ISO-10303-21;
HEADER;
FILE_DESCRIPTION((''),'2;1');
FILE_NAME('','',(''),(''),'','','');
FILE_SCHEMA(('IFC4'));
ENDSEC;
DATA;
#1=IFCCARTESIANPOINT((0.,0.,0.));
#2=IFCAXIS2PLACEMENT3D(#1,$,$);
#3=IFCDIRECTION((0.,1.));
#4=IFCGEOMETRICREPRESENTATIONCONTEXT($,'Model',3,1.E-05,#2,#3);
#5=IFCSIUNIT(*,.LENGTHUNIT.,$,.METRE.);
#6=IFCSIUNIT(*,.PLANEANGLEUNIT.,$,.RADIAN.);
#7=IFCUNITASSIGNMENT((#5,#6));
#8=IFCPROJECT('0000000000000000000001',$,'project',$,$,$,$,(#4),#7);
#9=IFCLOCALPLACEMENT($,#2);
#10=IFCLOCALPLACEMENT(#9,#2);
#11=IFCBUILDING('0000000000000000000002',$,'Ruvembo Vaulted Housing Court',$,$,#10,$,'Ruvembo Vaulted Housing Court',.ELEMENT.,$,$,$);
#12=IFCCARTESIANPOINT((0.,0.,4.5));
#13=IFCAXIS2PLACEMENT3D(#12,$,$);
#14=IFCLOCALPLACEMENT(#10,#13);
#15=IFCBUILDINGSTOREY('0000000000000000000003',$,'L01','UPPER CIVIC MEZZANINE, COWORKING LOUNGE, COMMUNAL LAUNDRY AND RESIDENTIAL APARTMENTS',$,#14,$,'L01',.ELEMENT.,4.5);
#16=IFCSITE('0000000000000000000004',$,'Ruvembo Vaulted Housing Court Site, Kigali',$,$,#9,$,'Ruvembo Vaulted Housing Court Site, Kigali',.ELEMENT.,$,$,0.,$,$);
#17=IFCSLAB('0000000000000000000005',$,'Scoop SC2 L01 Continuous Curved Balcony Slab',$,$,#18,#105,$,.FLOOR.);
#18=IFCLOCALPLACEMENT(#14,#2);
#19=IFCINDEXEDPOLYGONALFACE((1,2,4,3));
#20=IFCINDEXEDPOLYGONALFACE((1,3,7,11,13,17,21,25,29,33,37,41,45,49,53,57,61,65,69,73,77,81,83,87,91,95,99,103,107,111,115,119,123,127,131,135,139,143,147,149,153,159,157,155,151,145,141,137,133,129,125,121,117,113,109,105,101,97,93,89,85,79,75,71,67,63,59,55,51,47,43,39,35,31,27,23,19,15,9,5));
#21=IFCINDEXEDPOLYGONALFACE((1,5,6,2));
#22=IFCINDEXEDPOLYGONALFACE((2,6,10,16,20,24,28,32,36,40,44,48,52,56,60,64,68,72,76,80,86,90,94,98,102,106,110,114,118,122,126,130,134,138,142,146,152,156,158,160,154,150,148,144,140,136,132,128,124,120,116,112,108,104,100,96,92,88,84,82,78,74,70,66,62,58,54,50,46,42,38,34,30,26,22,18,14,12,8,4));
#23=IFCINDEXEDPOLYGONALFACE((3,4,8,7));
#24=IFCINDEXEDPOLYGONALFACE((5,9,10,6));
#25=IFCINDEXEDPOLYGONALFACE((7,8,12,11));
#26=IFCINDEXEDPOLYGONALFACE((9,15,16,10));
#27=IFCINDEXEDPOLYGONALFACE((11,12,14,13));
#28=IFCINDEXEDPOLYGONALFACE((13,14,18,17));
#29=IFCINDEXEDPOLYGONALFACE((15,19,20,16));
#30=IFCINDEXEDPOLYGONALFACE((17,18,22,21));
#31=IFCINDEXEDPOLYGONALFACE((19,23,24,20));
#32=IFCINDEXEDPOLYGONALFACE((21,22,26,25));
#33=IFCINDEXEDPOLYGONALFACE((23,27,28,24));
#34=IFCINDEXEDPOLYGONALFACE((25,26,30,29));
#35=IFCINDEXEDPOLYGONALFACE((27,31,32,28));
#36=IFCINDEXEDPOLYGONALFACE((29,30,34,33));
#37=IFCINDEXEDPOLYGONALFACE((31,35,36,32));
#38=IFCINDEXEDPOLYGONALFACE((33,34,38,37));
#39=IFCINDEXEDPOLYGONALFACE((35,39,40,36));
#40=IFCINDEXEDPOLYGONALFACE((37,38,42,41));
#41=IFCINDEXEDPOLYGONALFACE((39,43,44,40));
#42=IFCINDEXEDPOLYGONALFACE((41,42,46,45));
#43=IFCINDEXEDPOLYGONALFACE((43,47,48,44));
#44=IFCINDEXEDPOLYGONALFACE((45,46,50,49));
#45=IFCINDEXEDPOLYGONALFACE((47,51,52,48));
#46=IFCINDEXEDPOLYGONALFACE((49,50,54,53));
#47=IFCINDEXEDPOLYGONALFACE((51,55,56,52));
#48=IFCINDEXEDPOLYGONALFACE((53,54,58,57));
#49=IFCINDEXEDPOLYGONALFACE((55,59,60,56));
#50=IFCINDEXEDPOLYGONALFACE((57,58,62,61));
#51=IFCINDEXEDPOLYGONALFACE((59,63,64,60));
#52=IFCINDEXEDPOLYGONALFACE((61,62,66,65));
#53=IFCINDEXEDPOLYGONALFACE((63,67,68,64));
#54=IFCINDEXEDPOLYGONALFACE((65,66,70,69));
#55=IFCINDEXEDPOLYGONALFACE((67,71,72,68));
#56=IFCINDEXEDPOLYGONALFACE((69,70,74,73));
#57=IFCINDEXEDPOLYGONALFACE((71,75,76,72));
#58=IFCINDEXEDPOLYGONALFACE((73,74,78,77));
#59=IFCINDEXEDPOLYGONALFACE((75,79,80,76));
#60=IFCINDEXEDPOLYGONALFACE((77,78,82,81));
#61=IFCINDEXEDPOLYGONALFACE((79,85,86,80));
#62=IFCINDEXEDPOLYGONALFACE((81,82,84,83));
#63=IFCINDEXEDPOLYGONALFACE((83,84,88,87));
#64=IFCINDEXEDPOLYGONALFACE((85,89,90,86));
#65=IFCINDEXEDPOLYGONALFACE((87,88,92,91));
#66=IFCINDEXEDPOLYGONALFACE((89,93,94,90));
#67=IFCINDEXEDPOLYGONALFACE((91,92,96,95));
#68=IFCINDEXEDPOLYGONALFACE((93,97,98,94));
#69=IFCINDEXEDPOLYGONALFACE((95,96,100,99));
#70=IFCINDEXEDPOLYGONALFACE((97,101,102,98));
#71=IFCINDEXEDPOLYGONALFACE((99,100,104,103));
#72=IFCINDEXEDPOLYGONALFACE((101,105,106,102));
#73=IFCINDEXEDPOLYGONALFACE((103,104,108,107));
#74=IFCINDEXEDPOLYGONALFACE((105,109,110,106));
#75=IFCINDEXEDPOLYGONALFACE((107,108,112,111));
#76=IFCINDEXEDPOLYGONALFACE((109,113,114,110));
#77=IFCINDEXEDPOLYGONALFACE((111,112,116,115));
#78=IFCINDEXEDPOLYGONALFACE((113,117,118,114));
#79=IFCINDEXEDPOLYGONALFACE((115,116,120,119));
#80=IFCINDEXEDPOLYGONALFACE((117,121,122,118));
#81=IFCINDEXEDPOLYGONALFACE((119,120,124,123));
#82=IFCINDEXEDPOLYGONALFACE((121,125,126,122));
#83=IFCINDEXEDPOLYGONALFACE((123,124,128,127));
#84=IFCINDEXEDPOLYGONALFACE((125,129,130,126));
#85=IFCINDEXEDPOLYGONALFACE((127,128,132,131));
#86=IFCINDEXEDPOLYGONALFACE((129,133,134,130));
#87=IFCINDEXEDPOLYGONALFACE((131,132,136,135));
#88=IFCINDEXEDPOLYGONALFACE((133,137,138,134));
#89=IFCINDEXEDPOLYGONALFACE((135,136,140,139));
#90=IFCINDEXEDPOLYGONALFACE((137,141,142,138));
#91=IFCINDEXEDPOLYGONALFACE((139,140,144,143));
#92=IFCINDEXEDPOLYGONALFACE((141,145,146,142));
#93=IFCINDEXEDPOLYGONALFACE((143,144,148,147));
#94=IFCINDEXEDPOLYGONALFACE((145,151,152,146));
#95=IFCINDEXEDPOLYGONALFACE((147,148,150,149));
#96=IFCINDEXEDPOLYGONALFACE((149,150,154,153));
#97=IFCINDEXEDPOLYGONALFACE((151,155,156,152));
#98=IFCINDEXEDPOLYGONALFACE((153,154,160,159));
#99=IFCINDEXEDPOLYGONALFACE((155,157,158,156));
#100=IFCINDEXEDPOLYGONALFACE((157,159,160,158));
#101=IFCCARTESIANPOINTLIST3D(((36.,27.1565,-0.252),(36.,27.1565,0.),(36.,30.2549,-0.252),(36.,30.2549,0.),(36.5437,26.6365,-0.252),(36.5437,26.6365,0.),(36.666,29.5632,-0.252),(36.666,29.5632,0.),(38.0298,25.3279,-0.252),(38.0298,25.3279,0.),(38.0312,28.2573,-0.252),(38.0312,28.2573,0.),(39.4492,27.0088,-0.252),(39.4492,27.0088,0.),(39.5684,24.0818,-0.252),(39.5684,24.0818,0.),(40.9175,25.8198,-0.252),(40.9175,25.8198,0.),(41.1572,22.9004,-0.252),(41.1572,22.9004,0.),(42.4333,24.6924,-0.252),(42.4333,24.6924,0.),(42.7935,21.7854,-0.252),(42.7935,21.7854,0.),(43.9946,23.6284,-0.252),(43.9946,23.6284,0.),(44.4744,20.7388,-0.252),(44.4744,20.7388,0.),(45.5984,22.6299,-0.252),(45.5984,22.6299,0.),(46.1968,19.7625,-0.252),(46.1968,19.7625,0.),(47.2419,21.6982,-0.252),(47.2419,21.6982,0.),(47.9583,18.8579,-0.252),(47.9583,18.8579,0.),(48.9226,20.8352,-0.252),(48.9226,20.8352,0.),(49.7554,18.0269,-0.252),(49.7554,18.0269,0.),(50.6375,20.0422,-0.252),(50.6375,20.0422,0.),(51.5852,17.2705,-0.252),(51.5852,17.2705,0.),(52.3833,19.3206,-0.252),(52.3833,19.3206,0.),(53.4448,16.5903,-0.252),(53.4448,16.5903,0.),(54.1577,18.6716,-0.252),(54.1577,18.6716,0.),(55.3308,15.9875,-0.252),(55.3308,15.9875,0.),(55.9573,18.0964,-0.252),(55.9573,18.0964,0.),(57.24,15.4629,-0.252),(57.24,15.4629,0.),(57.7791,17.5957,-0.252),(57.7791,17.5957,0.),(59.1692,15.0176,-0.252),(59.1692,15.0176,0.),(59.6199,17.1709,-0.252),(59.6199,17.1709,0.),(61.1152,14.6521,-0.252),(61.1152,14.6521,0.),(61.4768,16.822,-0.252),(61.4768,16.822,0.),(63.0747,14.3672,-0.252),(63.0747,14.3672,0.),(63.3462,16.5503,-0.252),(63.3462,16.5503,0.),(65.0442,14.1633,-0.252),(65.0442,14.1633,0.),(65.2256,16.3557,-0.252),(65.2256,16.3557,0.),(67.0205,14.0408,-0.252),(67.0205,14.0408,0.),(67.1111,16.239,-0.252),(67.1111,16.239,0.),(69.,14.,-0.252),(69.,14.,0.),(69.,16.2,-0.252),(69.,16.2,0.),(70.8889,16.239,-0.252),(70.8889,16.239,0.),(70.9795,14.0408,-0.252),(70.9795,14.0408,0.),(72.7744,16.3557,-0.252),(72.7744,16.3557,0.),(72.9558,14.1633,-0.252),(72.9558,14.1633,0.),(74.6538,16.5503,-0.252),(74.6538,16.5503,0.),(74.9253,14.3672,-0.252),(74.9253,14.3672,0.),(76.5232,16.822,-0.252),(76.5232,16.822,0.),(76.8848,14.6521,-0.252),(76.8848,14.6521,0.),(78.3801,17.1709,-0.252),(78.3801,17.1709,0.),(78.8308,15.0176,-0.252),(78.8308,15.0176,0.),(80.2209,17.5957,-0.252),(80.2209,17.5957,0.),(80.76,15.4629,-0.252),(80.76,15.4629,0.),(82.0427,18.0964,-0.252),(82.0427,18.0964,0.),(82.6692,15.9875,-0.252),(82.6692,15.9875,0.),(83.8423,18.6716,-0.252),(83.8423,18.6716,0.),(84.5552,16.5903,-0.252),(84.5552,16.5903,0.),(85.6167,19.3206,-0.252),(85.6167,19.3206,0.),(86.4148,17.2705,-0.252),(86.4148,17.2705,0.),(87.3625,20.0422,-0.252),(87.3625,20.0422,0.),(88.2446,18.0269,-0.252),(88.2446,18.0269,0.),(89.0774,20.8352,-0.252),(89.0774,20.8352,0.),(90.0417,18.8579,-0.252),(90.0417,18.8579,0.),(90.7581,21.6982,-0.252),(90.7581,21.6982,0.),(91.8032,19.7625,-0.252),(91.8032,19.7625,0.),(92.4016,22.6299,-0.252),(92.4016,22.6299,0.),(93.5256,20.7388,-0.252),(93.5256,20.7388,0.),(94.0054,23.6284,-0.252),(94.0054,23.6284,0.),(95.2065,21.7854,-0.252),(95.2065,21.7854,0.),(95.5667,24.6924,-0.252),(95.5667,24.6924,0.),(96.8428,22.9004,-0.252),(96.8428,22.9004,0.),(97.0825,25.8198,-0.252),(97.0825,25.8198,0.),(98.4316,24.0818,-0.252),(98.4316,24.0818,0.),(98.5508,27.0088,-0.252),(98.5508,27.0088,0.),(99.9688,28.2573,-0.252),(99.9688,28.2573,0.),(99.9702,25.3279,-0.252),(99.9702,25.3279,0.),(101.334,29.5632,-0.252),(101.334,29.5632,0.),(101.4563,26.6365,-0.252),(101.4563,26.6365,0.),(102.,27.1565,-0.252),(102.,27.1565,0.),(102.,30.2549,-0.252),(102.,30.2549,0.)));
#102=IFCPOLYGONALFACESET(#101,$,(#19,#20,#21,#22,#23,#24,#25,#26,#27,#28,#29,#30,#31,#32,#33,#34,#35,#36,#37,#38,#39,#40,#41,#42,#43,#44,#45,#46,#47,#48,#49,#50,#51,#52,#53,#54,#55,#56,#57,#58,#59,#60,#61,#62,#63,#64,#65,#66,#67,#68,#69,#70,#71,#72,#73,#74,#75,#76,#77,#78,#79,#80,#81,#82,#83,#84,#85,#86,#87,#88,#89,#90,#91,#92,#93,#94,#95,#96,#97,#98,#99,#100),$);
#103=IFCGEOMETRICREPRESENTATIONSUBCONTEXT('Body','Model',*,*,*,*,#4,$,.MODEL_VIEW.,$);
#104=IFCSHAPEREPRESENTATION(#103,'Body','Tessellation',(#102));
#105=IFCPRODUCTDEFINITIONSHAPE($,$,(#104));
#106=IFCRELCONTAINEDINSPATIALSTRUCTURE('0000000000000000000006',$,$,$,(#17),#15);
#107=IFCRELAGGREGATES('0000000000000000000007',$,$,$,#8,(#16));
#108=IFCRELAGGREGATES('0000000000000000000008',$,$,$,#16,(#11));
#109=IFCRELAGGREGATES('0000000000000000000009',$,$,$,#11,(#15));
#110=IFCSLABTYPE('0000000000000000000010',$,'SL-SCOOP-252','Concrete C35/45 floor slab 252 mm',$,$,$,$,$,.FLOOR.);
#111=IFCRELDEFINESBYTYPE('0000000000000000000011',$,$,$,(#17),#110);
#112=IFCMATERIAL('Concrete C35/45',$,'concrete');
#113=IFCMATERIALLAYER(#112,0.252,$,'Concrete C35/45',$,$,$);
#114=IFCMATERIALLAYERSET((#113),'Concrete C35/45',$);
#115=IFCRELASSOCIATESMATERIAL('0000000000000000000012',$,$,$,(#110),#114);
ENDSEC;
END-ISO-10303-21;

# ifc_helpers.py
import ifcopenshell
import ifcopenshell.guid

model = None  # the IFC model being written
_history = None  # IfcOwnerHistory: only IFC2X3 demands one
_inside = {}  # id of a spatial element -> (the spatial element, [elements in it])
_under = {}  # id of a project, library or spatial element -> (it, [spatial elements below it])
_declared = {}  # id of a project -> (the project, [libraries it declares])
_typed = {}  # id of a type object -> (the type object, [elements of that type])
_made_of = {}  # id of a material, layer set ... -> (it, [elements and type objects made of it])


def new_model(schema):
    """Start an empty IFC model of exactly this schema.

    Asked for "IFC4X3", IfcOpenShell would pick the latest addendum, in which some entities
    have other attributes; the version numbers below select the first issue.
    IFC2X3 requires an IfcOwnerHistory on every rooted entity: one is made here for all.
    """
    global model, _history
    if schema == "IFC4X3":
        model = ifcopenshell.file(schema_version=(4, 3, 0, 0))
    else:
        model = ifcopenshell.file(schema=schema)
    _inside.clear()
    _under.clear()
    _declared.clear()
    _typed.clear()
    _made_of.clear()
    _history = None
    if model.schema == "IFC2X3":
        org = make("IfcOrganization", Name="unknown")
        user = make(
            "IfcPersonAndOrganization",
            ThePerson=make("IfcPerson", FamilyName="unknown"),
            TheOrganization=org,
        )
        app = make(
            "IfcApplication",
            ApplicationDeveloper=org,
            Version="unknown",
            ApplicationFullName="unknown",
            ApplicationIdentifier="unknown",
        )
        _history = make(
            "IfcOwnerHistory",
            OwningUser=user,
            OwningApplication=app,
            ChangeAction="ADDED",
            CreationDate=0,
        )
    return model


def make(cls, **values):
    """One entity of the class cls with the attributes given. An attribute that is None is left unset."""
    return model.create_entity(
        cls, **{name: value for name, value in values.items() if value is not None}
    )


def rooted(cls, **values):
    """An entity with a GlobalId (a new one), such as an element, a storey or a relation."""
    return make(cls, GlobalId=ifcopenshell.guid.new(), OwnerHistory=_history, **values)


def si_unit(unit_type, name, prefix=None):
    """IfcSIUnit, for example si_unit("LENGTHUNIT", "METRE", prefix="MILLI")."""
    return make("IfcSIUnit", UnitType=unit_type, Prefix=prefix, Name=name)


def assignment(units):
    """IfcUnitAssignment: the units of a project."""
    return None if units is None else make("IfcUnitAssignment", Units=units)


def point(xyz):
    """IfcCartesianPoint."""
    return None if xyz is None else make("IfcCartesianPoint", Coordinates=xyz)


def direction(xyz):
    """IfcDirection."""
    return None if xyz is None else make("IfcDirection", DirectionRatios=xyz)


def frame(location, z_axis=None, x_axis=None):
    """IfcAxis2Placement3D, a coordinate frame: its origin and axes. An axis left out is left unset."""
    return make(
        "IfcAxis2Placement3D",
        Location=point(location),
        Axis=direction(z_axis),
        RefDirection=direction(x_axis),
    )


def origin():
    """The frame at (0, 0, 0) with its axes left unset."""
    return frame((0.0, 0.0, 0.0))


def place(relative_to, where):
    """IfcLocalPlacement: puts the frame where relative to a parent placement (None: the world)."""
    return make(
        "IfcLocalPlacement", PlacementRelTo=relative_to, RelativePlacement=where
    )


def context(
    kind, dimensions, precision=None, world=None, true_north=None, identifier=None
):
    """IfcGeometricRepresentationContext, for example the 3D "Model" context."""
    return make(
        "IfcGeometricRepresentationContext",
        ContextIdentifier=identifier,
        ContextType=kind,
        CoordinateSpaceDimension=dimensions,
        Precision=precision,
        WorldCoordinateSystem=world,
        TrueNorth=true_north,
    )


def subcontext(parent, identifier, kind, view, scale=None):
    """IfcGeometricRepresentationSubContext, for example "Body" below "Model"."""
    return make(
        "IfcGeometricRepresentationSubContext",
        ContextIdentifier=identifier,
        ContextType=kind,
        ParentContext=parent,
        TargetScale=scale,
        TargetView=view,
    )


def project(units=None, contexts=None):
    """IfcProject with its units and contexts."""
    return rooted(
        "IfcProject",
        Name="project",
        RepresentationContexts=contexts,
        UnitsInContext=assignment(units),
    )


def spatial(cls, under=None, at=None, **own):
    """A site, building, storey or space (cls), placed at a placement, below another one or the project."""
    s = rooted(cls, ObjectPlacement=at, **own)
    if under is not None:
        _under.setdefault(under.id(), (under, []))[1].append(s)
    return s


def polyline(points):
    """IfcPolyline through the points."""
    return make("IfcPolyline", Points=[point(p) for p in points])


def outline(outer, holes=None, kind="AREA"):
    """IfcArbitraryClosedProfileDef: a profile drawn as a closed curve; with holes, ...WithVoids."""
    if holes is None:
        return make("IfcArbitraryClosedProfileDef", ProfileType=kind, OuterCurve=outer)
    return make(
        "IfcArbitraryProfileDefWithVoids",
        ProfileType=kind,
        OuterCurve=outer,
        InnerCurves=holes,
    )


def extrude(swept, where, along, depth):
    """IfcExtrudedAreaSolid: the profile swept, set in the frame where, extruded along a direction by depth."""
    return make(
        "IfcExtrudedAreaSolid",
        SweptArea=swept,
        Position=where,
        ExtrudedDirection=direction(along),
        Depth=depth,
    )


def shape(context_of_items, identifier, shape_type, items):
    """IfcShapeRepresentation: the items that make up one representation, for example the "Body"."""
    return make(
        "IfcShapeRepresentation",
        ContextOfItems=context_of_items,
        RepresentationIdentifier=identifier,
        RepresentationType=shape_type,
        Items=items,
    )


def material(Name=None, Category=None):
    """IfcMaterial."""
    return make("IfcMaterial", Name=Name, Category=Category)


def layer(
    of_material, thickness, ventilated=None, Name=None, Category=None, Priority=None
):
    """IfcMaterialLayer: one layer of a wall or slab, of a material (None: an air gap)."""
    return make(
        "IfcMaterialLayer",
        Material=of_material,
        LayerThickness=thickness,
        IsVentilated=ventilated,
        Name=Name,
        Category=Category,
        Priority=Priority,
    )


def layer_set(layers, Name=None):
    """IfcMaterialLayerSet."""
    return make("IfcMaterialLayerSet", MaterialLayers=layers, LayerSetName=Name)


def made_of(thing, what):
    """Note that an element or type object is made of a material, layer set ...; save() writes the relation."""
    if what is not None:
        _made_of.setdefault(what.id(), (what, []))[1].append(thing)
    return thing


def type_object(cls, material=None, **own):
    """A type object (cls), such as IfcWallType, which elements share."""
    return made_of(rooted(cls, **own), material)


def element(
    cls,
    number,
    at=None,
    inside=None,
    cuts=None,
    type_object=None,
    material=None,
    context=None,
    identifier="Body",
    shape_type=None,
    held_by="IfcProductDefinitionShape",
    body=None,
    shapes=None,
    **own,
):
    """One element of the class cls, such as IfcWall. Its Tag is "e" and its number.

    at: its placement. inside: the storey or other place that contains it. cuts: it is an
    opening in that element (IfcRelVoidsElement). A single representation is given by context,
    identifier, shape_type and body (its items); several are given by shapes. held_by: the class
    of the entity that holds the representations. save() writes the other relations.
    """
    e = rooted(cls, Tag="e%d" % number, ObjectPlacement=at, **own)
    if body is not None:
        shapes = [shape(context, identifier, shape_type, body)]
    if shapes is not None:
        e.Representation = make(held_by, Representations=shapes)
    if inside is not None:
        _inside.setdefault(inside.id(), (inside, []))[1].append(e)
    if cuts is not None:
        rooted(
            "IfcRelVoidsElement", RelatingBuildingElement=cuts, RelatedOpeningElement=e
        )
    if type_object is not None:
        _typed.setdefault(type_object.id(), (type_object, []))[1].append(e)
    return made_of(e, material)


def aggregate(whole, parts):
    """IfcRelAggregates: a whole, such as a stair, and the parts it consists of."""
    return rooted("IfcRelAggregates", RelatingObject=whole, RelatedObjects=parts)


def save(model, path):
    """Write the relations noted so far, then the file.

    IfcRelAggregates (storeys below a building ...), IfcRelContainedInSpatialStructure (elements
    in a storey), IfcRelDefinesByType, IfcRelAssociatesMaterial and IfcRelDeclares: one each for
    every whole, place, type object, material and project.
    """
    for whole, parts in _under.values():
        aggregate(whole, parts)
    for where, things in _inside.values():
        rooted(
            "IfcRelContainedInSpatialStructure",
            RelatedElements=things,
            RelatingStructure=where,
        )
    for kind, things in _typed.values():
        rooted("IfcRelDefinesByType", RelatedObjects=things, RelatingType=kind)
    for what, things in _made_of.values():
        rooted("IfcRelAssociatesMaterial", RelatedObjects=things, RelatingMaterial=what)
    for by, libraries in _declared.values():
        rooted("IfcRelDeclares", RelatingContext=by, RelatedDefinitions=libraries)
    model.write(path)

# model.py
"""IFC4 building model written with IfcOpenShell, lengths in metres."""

from ifc_helpers import new_model, si_unit, direction, frame, origin, place, context, subcontext, project, spatial, polyline, outline, extrude, material, layer, layer_set, type_object, element, save


model = new_model("IFC4")

# Units and contexts
model_context = context("Model", 3, precision=1e-05, world=origin(), true_north=direction((0.0, 1.0)))
body_context = subcontext(model_context, "Body", "Model", "MODEL_VIEW")
ifc_project = project(units=[si_unit("LENGTHUNIT", "METRE"), si_unit("PLANEANGLEUNIT", "RADIAN")], contexts=[model_context])

# Site, building, storey
site_placement = place(None, origin())
site = spatial("IfcSite", under=ifc_project, at=site_placement, Name="Ruvembo Vaulted Housing Court Site, Kigali", LongName="Ruvembo Vaulted Housing Court Site, Kigali", CompositionType="ELEMENT", RefElevation=0.0)
building_placement = place(site_placement, origin())
building = spatial("IfcBuilding", under=site, at=building_placement, Name="Ruvembo Vaulted Housing Court", LongName="Ruvembo Vaulted Housing Court", CompositionType="ELEMENT")
storey_placement = place(building_placement, frame((0.0, 0.0, 4.5)))
storey = spatial("IfcBuildingStorey", under=building, at=storey_placement, Name="L01", Description="UPPER CIVIC MEZZANINE, COWORKING LOUNGE, COMMUNAL LAUNDRY AND RESIDENTIAL APARTMENTS", LongName="L01", CompositionType="ELEMENT", Elevation=4.5)

# Slab
ifc_material_1 = material(Name="Concrete C35/45", Category="concrete")
ifc_layer_1 = layer(ifc_material_1, 0.252, Name="Concrete C35/45")
ifc_layer_set_1 = layer_set([ifc_layer_1], Name="Concrete C35/45")
slab_type_1 = type_object("IfcSlabType", Name="SL-SCOOP-252", Description="Concrete C35/45 floor slab 252 mm", PredefinedType="FLOOR", material=ifc_layer_set_1)
slab_1_placement = place(storey_placement, frame((0.0, 0.0, -0.252)))
element("IfcSlab", 1, at=slab_1_placement, inside=storey, type_object=slab_type_1, Name="Scoop SC2 L01 Continuous Curved Balcony Slab", PredefinedType="FLOOR", context=body_context, shape_type="SweptSolid", body=[
    extrude(outline(polyline([(36.0, 30.2549), (36.0, 27.1565), (36.5437, 26.6365), (38.0298, 25.3279), (39.5684, 24.0818), (41.1572, 22.9004), (42.7935, 21.7854), (44.4744, 20.7388), (46.1968, 19.7625), (47.9583, 18.8579), (49.7554, 18.0269), (51.5852, 17.2705), (53.4448, 16.5903), (55.3308, 15.9875), (57.24, 15.4629), (59.1692, 15.0176), (61.1152, 14.6521), (63.0747, 14.3672), (65.0442, 14.1633), (67.0205, 14.0408), (69.0, 14.0), (70.9795, 14.0408), (72.9558, 14.1633), (74.9253, 14.3672), (76.8848, 14.6521), (78.8308, 15.0176), (80.76, 15.4629), (82.6692, 15.9875), (84.5552, 16.5903), (86.4148, 17.2705), (88.2446, 18.0269), (90.0417, 18.8579), (91.8032, 19.7625), (93.5256, 20.7388), (95.2065, 21.7854), (96.8428, 22.9004), (98.4316, 24.0818), (99.9702, 25.3279), (101.4563, 26.6365), (102.0, 27.1565), (102.0, 30.2549), (101.334, 29.5632), (99.9688, 28.2573), (98.5508, 27.0088), (97.0825, 25.8198), (95.5667, 24.6924), (94.0054, 23.6284), (92.4016, 22.6299), (90.7581, 21.6982), (89.0774, 20.8352), (87.3625, 20.0422), (85.6167, 19.3206), (83.8423, 18.6716), (82.0427, 18.0964), (80.2209, 17.5957), (78.3801, 17.1709), (76.5232, 16.822), (74.6538, 16.5503), (72.7744, 16.3557), (70.8889, 16.239), (69.0, 16.2), (67.1111, 16.239), (65.2256, 16.3557), (63.3462, 16.5503), (61.4768, 16.822), (59.6199, 17.1709), (57.7791, 17.5957), (55.9573, 18.0964), (54.1577, 18.6716), (52.3833, 19.3206), (50.6375, 20.0422), (48.9226, 20.8352), (47.2419, 21.6982), (45.5984, 22.6299), (43.9946, 23.6284), (42.4333, 24.6924), (40.9175, 25.8198), (39.4492, 27.0088), (38.0312, 28.2573), (36.666, 29.5632), (36.0, 30.2549)])), origin(), (0.0, 0.0, 1.0), 0.252),
])

save(model, "model.ifc")
